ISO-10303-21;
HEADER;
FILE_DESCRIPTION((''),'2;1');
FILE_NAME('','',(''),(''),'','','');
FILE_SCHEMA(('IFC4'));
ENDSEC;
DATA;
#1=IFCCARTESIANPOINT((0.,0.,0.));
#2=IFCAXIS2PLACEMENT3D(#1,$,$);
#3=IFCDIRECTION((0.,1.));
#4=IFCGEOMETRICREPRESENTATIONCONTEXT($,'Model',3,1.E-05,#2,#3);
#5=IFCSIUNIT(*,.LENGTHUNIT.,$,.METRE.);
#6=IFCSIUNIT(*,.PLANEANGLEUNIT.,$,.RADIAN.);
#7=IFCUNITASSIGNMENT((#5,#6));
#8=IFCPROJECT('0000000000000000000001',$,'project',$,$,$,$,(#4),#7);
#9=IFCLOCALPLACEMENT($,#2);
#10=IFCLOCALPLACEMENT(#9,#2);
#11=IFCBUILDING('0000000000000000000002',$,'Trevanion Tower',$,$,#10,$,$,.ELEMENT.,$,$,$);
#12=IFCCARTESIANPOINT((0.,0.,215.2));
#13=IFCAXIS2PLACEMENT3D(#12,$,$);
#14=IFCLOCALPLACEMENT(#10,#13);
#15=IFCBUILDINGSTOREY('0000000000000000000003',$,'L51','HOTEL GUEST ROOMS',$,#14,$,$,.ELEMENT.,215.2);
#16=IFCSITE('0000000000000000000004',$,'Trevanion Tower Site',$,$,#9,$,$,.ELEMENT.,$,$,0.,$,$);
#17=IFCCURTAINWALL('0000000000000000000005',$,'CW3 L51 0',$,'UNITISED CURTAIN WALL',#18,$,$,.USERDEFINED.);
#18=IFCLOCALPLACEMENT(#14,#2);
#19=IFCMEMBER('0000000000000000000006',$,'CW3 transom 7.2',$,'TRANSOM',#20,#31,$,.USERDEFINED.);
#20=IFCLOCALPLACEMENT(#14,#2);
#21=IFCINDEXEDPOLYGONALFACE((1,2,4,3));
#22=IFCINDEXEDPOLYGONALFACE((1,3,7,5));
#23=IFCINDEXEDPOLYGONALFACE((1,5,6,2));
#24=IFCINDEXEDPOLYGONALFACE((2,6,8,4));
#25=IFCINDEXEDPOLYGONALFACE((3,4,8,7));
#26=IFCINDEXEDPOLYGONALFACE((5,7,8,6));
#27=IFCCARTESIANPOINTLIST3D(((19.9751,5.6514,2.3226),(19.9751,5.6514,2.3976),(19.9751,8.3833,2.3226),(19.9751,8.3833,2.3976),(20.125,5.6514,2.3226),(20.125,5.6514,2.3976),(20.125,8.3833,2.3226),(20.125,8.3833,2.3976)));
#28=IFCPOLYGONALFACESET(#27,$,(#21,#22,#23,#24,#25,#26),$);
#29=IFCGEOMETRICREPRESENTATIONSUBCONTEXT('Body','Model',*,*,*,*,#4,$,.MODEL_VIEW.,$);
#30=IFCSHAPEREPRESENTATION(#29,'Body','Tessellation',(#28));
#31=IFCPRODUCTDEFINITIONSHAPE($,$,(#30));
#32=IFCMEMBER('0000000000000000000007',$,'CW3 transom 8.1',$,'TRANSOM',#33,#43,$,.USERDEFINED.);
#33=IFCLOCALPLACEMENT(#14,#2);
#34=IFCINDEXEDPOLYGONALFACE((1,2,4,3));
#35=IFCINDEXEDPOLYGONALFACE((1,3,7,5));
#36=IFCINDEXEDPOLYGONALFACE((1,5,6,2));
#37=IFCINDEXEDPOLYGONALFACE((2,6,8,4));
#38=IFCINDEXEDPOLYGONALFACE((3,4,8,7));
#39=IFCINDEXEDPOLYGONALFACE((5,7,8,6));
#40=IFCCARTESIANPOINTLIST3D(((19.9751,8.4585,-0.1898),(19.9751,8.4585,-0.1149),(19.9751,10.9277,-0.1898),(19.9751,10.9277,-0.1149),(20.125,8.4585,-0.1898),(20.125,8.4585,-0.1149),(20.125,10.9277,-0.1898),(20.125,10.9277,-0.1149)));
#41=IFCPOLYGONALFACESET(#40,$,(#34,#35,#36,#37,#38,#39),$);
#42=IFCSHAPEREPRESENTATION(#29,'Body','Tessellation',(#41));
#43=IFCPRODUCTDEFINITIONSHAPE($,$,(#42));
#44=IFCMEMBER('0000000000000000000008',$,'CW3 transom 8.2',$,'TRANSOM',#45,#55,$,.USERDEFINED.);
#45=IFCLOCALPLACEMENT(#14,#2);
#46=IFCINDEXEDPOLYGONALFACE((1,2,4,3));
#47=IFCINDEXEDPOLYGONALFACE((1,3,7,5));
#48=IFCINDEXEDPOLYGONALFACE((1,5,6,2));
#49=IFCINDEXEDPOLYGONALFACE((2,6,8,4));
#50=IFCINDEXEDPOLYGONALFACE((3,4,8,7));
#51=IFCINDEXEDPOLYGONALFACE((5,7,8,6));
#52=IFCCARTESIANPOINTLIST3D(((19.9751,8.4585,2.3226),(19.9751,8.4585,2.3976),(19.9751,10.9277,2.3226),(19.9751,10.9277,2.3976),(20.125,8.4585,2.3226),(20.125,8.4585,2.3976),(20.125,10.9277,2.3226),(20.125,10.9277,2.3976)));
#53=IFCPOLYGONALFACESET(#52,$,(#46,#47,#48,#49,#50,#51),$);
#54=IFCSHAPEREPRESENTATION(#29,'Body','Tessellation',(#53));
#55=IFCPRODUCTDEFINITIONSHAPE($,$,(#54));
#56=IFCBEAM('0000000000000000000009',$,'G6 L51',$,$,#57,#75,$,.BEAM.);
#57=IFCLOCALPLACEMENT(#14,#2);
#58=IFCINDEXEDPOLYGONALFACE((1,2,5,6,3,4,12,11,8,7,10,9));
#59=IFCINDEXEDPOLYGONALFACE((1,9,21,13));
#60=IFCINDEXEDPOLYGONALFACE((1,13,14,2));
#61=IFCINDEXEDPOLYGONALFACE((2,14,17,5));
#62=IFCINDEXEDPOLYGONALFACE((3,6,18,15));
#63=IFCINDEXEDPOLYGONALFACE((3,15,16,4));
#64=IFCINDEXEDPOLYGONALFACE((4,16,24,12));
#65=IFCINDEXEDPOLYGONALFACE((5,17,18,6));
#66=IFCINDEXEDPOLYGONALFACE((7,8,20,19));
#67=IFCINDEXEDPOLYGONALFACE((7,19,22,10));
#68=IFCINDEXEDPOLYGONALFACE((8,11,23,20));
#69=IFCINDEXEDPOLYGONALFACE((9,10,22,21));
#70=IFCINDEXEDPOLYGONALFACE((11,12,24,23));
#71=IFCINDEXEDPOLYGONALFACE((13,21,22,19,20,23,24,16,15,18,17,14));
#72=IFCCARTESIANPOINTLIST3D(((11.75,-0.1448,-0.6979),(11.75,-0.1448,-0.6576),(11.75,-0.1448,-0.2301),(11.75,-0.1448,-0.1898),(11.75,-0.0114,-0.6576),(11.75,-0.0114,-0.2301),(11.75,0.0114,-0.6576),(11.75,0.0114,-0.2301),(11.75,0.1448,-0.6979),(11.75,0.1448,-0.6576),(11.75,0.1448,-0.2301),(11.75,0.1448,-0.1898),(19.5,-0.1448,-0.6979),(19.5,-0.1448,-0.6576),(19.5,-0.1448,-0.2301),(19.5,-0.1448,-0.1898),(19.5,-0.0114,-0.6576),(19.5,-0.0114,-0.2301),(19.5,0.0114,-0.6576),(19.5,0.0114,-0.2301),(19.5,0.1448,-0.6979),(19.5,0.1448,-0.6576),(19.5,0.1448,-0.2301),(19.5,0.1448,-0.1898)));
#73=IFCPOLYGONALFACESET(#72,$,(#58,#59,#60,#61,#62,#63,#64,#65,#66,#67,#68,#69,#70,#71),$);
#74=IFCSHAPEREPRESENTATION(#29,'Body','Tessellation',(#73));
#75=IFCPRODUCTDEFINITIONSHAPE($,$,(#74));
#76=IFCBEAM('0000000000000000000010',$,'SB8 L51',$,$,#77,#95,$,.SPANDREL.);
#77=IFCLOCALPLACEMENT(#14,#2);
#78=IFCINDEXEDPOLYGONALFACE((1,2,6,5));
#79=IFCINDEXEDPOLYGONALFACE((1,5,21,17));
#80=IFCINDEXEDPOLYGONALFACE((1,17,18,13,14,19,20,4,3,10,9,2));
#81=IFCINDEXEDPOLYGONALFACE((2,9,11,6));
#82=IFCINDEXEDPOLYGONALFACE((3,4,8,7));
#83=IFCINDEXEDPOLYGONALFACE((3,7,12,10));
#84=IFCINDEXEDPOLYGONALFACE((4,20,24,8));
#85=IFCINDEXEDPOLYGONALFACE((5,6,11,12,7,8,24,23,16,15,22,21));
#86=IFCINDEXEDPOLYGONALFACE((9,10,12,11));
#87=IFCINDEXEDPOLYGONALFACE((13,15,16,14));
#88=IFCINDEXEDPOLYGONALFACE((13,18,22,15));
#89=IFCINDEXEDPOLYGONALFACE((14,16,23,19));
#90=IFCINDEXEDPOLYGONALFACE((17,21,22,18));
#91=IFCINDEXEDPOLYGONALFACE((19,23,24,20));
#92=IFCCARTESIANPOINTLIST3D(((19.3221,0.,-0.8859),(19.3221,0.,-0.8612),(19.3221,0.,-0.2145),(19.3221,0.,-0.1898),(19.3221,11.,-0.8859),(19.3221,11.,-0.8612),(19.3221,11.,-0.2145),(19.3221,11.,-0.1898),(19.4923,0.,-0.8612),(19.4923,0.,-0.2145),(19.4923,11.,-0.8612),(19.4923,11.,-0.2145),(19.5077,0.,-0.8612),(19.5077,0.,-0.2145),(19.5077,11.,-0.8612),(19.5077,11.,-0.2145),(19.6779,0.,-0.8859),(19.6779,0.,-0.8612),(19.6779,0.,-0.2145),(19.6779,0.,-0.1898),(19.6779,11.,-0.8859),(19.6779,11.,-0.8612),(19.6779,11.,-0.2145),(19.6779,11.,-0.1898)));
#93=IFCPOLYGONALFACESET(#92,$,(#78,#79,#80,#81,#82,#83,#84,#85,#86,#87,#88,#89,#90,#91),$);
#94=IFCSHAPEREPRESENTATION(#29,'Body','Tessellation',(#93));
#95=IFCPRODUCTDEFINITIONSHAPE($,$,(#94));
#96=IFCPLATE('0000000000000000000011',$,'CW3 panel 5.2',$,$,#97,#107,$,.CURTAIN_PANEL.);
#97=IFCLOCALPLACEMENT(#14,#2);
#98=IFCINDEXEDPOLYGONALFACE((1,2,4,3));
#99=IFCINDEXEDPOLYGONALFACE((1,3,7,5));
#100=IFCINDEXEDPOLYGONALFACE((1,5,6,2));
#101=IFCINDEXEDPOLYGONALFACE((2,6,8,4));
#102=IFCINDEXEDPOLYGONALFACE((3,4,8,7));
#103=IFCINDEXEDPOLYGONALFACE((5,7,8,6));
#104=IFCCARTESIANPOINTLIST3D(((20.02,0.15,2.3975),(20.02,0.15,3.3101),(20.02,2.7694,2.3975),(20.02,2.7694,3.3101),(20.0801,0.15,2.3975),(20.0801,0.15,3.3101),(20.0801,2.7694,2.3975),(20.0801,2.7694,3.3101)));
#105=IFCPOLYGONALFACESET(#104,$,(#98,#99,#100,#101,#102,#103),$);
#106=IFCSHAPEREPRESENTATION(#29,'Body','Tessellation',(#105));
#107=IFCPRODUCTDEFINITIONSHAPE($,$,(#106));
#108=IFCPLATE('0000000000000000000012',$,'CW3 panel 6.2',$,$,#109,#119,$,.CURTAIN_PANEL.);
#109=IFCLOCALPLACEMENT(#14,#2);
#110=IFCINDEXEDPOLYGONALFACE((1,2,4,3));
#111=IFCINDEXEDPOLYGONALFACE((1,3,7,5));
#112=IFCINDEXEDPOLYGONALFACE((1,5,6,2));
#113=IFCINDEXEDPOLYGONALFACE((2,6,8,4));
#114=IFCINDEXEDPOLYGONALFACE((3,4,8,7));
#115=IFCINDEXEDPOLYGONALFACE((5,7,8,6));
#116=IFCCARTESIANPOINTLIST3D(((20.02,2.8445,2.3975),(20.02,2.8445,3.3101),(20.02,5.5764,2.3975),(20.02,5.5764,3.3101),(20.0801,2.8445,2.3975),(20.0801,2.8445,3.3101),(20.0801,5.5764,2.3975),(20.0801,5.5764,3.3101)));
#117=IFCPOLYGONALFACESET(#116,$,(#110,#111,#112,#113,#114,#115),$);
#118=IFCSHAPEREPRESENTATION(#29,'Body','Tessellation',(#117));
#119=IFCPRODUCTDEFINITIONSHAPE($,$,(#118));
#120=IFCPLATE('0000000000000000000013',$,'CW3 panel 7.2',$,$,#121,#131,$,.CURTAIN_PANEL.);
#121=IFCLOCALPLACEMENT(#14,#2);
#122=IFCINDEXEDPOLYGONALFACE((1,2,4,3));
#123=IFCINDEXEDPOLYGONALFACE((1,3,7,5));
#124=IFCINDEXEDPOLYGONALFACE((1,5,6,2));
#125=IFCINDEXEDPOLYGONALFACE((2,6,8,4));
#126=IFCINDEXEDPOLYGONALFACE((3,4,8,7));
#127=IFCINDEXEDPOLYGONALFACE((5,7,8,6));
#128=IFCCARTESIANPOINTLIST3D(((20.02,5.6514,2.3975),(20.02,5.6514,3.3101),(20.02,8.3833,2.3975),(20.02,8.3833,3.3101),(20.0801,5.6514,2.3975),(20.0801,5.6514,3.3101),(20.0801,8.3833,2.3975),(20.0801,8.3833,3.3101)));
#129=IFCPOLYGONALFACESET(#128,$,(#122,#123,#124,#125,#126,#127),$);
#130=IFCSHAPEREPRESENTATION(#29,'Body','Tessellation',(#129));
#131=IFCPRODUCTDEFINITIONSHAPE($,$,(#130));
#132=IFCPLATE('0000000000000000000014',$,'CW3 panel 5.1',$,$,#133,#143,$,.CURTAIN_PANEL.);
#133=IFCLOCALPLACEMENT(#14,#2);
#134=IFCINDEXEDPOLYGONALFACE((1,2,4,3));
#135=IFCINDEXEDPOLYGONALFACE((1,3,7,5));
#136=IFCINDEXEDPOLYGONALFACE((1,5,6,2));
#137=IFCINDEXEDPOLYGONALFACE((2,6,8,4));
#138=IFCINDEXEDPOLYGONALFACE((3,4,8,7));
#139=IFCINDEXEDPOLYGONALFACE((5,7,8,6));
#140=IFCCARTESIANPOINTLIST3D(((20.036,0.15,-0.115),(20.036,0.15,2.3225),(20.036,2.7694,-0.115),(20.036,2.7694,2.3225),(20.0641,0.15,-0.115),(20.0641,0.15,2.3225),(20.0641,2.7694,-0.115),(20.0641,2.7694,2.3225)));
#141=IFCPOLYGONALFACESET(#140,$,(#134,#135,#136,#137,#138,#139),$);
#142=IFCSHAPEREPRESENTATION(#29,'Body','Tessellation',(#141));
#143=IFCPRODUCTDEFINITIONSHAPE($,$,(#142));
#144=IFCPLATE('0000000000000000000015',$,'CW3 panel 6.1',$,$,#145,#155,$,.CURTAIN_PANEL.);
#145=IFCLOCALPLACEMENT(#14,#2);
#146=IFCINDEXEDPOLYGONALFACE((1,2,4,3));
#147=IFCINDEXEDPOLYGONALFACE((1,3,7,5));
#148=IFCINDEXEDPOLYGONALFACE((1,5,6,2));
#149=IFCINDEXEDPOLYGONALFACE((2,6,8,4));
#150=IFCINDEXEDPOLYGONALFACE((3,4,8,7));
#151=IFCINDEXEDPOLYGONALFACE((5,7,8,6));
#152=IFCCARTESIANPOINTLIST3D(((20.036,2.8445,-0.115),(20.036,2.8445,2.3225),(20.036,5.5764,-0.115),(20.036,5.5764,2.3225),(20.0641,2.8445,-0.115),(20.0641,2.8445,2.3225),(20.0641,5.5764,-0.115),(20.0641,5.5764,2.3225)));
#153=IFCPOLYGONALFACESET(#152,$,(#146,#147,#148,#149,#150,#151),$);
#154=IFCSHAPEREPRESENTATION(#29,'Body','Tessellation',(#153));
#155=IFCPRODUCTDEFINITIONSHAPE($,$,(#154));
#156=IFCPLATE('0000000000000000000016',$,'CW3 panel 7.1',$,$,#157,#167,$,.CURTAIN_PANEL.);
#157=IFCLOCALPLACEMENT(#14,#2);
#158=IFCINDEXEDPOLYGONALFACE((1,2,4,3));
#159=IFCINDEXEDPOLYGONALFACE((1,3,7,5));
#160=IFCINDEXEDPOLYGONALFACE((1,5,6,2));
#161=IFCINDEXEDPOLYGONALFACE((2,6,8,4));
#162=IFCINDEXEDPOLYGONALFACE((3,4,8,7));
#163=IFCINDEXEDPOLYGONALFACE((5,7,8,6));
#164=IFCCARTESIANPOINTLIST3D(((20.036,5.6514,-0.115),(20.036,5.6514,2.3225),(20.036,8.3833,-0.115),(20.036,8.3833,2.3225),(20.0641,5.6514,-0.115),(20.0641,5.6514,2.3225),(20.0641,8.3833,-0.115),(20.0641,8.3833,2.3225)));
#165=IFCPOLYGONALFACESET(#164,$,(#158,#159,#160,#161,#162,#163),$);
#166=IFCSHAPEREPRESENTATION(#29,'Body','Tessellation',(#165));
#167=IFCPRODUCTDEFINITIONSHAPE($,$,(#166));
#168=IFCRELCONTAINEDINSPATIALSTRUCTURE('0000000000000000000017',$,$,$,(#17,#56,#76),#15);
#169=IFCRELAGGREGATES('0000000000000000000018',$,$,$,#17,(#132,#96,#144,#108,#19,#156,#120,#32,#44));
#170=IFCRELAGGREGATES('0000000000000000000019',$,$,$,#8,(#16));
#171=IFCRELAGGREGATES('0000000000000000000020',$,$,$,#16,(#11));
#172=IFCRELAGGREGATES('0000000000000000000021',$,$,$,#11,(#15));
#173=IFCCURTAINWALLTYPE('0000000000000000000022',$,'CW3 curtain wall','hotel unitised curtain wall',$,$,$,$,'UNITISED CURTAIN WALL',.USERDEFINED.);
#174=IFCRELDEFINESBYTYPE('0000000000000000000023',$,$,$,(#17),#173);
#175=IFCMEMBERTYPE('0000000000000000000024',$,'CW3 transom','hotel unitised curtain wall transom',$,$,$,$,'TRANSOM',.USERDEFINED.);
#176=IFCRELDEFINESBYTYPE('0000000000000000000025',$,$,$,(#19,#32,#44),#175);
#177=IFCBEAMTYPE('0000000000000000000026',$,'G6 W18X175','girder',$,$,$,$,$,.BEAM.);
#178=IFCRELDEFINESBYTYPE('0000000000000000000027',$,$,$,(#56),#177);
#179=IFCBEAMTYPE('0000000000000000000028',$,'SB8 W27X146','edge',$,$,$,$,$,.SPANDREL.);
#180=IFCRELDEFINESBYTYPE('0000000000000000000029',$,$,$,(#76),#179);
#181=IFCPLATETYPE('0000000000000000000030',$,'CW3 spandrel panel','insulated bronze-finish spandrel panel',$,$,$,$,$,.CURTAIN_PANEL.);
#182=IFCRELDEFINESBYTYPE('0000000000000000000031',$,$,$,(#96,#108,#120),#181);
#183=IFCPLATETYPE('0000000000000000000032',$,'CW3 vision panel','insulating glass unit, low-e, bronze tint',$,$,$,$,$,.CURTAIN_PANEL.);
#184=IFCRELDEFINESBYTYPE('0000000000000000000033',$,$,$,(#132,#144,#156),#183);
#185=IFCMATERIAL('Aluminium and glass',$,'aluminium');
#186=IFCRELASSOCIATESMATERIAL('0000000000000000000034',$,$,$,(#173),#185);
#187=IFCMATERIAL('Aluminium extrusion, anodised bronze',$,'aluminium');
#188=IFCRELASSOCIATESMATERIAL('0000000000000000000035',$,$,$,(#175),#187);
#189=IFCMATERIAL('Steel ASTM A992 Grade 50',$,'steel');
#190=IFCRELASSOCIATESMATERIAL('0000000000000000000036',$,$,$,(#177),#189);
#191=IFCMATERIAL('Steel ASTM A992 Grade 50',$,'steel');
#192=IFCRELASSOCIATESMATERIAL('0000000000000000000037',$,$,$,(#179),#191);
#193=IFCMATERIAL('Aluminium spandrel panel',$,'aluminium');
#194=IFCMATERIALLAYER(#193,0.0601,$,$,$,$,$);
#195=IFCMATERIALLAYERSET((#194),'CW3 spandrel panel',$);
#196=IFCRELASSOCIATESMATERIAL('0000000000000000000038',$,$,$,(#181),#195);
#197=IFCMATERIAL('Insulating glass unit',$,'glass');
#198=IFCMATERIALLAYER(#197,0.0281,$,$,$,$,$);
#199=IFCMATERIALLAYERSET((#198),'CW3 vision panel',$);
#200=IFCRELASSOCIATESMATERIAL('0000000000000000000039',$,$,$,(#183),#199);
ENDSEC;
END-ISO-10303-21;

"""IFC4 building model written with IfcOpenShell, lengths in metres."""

from ifc_helpers import new_model, si_unit, direction, frame, origin, origin_2d, place, context, subcontext, project, spatial, rectangle, i_section, extrude, material, layer, layer_set, material_profile, profile_set, type_object, element, aggregate, save


model = new_model("IFC4")

# Units and contexts
model_context = context("Model", 3, precision=1e-05, world=origin(), true_north=direction((0.0, 1.0)))
body_context = subcontext(model_context, "Body", "Model", "MODEL_VIEW")
ifc_project = project(units=[si_unit("LENGTHUNIT", "METRE"), si_unit("PLANEANGLEUNIT", "RADIAN")], contexts=[model_context])

# Site, building, storey
site_placement = place(None, origin())
site = spatial("IfcSite", under=ifc_project, at=site_placement, Name="Trevanion Tower Site", CompositionType="ELEMENT", RefElevation=0.0)
building_placement = place(site_placement, origin())
building = spatial("IfcBuilding", under=site, at=building_placement, Name="Trevanion Tower", CompositionType="ELEMENT")
storey_placement = place(building_placement, frame((0.0, 0.0, 215.2)))
storey = spatial("IfcBuildingStorey", under=building, at=storey_placement, Name="L51", Description="HOTEL GUEST ROOMS", CompositionType="ELEMENT", Elevation=215.2)

# Curtain wall, members
ifc_material_1 = material(Name="Aluminium and glass", Category="aluminium")
curtain_wall_type = type_object("IfcCurtainWallType", Name="CW3 curtain wall", Description="hotel unitised curtain wall", ElementType="UNITISED CURTAIN WALL", PredefinedType="USERDEFINED", material=ifc_material_1)
curtain_wall_placement = place(storey_placement, origin())
curtain_wall = element("IfcCurtainWall", 1, at=curtain_wall_placement, inside=storey, type_object=curtain_wall_type, Name="CW3 L51 0", ObjectType="UNITISED CURTAIN WALL", PredefinedType="USERDEFINED")
ifc_material_2 = material(Name="Aluminium extrusion, anodised bronze", Category="aluminium")
ifc_material_profile_1 = material_profile(ifc_material_2, rectangle(XDim=0.1499, YDim=0.075, at=origin_2d()), Name="CW3 transom")
ifc_profile_set_1 = profile_set([ifc_material_profile_1], Name="Aluminium extrusion, anodised bronze")
member_type_1 = type_object("IfcMemberType", Name="CW3 transom", Description="hotel unitised curtain wall transom", ElementType="TRANSOM", PredefinedType="USERDEFINED", material=ifc_profile_set_1)
member_1_placement = place(storey_placement, frame((20.05, 5.6514, 2.3601), z_axis=(0.0, 1.0, 0.0), x_axis=(-1.0, 0.0, 0.0)))
member_1 = element("IfcMember", 2, at=member_1_placement, type_object=member_type_1, Name="CW3 transom 7.2", ObjectType="TRANSOM", PredefinedType="USERDEFINED", context=body_context, shape_type="SweptSolid", body=[
    extrude(rectangle(XDim=0.1499, YDim=0.075, at=origin_2d()), origin(), (0.0, 0.0, 1.0), 2.7319),
])
member_2_placement = place(storey_placement, frame((20.05, 8.4585, -0.1523), z_axis=(0.0, 1.0, 0.0), x_axis=(-1.0, 0.0, 0.0)))
member_2 = element("IfcMember", 3, at=member_2_placement, type_object=member_type_1, Name="CW3 transom 8.1", ObjectType="TRANSOM", PredefinedType="USERDEFINED", context=body_context, shape_type="SweptSolid", body=[
    extrude(rectangle(XDim=0.1499, YDim=0.075, at=origin_2d()), origin(), (0.0, 0.0, 1.0), 2.4692),
])
member_3_placement = place(storey_placement, frame((20.05, 8.4585, 2.3601), z_axis=(0.0, 1.0, 0.0), x_axis=(-1.0, 0.0, 0.0)))
member_3 = element("IfcMember", 4, at=member_3_placement, type_object=member_type_1, Name="CW3 transom 8.2", ObjectType="TRANSOM", PredefinedType="USERDEFINED", context=body_context, shape_type="SweptSolid", body=[
    extrude(rectangle(XDim=0.1499, YDim=0.075, at=origin_2d()), origin(), (0.0, 0.0, 1.0), 2.4692),
])

# Beams
ifc_material_3 = material(Name="Steel ASTM A992 Grade 50", Category="steel")
ifc_material_profile_2 = material_profile(ifc_material_3, i_section(OverallWidth=0.2896, OverallDepth=0.5081, WebThickness=0.0227, FlangeThickness=0.0403, at=origin_2d()), Name="W18X175")
ifc_profile_set_2 = profile_set([ifc_material_profile_2], Name="Steel ASTM A992 Grade 50")
beam_type_1 = type_object("IfcBeamType", Name="G6 W18X175", Description="girder", PredefinedType="BEAM", material=ifc_profile_set_2)
beam_1_placement = place(storey_placement, frame((11.75, 0.0, -0.4438), z_axis=(1.0, 0.0, 0.0), x_axis=(0.0, 1.0, 0.0)))
element("IfcBeam", 5, at=beam_1_placement, inside=storey, type_object=beam_type_1, Name="G6 L51", PredefinedType="BEAM", context=body_context, shape_type="SweptSolid", body=[
    extrude(i_section(OverallWidth=0.2896, OverallDepth=0.5081, WebThickness=0.0227, FlangeThickness=0.0403, at=origin_2d()), origin(), (0.0, 0.0, 1.0), 7.75),
])
ifc_material_4 = material(Name="Steel ASTM A992 Grade 50", Category="steel")
ifc_material_profile_3 = material_profile(ifc_material_4, i_section(OverallWidth=0.3557, OverallDepth=0.696, WebThickness=0.0154, FlangeThickness=0.0247, at=origin_2d()), Name="W27X146")
ifc_profile_set_3 = profile_set([ifc_material_profile_3], Name="Steel ASTM A992 Grade 50")
beam_type_2 = type_object("IfcBeamType", Name="SB8 W27X146", Description="edge", PredefinedType="SPANDREL", material=ifc_profile_set_3)
beam_2_placement = place(storey_placement, frame((19.5, 0.0, -0.5378), z_axis=(0.0, 1.0, 0.0), x_axis=(-1.0, 0.0, 0.0)))
element("IfcBeam", 6, at=beam_2_placement, inside=storey, type_object=beam_type_2, Name="SB8 L51", PredefinedType="SPANDREL", context=body_context, shape_type="SweptSolid", body=[
    extrude(i_section(OverallWidth=0.3557, OverallDepth=0.696, WebThickness=0.0154, FlangeThickness=0.0247, at=origin_2d()), origin(), (0.0, 0.0, 1.0), 11.0),
])

# Plates
ifc_material_5 = material(Name="Aluminium spandrel panel", Category="aluminium")
ifc_layer_1 = layer(ifc_material_5, 0.0601)
ifc_layer_set_1 = layer_set([ifc_layer_1], Name="CW3 spandrel panel")
plate_type_1 = type_object("IfcPlateType", Name="CW3 spandrel panel", Description="insulated bronze-finish spandrel panel", PredefinedType="CURTAIN_PANEL", material=ifc_layer_set_1)
plate_1_placement = place(storey_placement, frame((20.05, 1.4597, 2.3975), z_axis=(0.0, 0.0, 1.0), x_axis=(0.0, 1.0, 0.0)))
plate_1 = element("IfcPlate", 7, at=plate_1_placement, type_object=plate_type_1, Name="CW3 panel 5.2", PredefinedType="CURTAIN_PANEL", context=body_context, shape_type="SweptSolid", body=[
    extrude(rectangle(XDim=2.6194, YDim=0.0601, at=origin_2d()), origin(), (0.0, 0.0, 1.0), 0.9126),
])
plate_2_placement = place(storey_placement, frame((20.05, 4.2104, 2.3975), z_axis=(0.0, 0.0, 1.0), x_axis=(0.0, 1.0, 0.0)))
plate_2 = element("IfcPlate", 8, at=plate_2_placement, type_object=plate_type_1, Name="CW3 panel 6.2", PredefinedType="CURTAIN_PANEL", context=body_context, shape_type="SweptSolid", body=[
    extrude(rectangle(XDim=2.7319, YDim=0.0601, at=origin_2d()), origin(), (0.0, 0.0, 1.0), 0.9126),
])
plate_3_placement = place(storey_placement, frame((20.05, 7.0173, 2.3975), z_axis=(0.0, 0.0, 1.0), x_axis=(0.0, 1.0, 0.0)))
plate_3 = element("IfcPlate", 9, at=plate_3_placement, type_object=plate_type_1, Name="CW3 panel 7.2", PredefinedType="CURTAIN_PANEL", context=body_context, shape_type="SweptSolid", body=[
    extrude(rectangle(XDim=2.7319, YDim=0.0601, at=origin_2d()), origin(), (0.0, 0.0, 1.0), 0.9126),
])
ifc_material_6 = material(Name="Insulating glass unit", Category="glass")
ifc_layer_2 = layer(ifc_material_6, 0.0281)
ifc_layer_set_2 = layer_set([ifc_layer_2], Name="CW3 vision panel")
plate_type_2 = type_object("IfcPlateType", Name="CW3 vision panel", Description="insulating glass unit, low-e, bronze tint", PredefinedType="CURTAIN_PANEL", material=ifc_layer_set_2)
plate_4_placement = place(storey_placement, frame((20.05, 1.4597, -0.115), z_axis=(0.0, 0.0, 1.0), x_axis=(0.0, 1.0, 0.0)))
plate_4 = element("IfcPlate", 10, at=plate_4_placement, type_object=plate_type_2, Name="CW3 panel 5.1", PredefinedType="CURTAIN_PANEL", context=body_context, shape_type="SweptSolid", body=[
    extrude(rectangle(XDim=2.6194, YDim=0.0281, at=origin_2d()), origin(), (0.0, 0.0, 1.0), 2.4375),
])
plate_5_placement = place(storey_placement, frame((20.05, 4.2104, -0.115), z_axis=(0.0, 0.0, 1.0), x_axis=(0.0, 1.0, 0.0)))
plate_5 = element("IfcPlate", 11, at=plate_5_placement, type_object=plate_type_2, Name="CW3 panel 6.1", PredefinedType="CURTAIN_PANEL", context=body_context, shape_type="SweptSolid", body=[
    extrude(rectangle(XDim=2.7319, YDim=0.0281, at=origin_2d()), origin(), (0.0, 0.0, 1.0), 2.4375),
])
plate_6_placement = place(storey_placement, frame((20.05, 7.0173, -0.115), z_axis=(0.0, 0.0, 1.0), x_axis=(0.0, 1.0, 0.0)))
plate_6 = element("IfcPlate", 12, at=plate_6_placement, type_object=plate_type_2, Name="CW3 panel 7.1", PredefinedType="CURTAIN_PANEL", context=body_context, shape_type="SweptSolid", body=[
    extrude(rectangle(XDim=2.7319, YDim=0.0281, at=origin_2d()), origin(), (0.0, 0.0, 1.0), 2.4375),
])
aggregate(curtain_wall, [plate_4, plate_1, plate_5, plate_2, member_1, plate_6, plate_3, member_2, member_3])

save(model, "model.ifc")
